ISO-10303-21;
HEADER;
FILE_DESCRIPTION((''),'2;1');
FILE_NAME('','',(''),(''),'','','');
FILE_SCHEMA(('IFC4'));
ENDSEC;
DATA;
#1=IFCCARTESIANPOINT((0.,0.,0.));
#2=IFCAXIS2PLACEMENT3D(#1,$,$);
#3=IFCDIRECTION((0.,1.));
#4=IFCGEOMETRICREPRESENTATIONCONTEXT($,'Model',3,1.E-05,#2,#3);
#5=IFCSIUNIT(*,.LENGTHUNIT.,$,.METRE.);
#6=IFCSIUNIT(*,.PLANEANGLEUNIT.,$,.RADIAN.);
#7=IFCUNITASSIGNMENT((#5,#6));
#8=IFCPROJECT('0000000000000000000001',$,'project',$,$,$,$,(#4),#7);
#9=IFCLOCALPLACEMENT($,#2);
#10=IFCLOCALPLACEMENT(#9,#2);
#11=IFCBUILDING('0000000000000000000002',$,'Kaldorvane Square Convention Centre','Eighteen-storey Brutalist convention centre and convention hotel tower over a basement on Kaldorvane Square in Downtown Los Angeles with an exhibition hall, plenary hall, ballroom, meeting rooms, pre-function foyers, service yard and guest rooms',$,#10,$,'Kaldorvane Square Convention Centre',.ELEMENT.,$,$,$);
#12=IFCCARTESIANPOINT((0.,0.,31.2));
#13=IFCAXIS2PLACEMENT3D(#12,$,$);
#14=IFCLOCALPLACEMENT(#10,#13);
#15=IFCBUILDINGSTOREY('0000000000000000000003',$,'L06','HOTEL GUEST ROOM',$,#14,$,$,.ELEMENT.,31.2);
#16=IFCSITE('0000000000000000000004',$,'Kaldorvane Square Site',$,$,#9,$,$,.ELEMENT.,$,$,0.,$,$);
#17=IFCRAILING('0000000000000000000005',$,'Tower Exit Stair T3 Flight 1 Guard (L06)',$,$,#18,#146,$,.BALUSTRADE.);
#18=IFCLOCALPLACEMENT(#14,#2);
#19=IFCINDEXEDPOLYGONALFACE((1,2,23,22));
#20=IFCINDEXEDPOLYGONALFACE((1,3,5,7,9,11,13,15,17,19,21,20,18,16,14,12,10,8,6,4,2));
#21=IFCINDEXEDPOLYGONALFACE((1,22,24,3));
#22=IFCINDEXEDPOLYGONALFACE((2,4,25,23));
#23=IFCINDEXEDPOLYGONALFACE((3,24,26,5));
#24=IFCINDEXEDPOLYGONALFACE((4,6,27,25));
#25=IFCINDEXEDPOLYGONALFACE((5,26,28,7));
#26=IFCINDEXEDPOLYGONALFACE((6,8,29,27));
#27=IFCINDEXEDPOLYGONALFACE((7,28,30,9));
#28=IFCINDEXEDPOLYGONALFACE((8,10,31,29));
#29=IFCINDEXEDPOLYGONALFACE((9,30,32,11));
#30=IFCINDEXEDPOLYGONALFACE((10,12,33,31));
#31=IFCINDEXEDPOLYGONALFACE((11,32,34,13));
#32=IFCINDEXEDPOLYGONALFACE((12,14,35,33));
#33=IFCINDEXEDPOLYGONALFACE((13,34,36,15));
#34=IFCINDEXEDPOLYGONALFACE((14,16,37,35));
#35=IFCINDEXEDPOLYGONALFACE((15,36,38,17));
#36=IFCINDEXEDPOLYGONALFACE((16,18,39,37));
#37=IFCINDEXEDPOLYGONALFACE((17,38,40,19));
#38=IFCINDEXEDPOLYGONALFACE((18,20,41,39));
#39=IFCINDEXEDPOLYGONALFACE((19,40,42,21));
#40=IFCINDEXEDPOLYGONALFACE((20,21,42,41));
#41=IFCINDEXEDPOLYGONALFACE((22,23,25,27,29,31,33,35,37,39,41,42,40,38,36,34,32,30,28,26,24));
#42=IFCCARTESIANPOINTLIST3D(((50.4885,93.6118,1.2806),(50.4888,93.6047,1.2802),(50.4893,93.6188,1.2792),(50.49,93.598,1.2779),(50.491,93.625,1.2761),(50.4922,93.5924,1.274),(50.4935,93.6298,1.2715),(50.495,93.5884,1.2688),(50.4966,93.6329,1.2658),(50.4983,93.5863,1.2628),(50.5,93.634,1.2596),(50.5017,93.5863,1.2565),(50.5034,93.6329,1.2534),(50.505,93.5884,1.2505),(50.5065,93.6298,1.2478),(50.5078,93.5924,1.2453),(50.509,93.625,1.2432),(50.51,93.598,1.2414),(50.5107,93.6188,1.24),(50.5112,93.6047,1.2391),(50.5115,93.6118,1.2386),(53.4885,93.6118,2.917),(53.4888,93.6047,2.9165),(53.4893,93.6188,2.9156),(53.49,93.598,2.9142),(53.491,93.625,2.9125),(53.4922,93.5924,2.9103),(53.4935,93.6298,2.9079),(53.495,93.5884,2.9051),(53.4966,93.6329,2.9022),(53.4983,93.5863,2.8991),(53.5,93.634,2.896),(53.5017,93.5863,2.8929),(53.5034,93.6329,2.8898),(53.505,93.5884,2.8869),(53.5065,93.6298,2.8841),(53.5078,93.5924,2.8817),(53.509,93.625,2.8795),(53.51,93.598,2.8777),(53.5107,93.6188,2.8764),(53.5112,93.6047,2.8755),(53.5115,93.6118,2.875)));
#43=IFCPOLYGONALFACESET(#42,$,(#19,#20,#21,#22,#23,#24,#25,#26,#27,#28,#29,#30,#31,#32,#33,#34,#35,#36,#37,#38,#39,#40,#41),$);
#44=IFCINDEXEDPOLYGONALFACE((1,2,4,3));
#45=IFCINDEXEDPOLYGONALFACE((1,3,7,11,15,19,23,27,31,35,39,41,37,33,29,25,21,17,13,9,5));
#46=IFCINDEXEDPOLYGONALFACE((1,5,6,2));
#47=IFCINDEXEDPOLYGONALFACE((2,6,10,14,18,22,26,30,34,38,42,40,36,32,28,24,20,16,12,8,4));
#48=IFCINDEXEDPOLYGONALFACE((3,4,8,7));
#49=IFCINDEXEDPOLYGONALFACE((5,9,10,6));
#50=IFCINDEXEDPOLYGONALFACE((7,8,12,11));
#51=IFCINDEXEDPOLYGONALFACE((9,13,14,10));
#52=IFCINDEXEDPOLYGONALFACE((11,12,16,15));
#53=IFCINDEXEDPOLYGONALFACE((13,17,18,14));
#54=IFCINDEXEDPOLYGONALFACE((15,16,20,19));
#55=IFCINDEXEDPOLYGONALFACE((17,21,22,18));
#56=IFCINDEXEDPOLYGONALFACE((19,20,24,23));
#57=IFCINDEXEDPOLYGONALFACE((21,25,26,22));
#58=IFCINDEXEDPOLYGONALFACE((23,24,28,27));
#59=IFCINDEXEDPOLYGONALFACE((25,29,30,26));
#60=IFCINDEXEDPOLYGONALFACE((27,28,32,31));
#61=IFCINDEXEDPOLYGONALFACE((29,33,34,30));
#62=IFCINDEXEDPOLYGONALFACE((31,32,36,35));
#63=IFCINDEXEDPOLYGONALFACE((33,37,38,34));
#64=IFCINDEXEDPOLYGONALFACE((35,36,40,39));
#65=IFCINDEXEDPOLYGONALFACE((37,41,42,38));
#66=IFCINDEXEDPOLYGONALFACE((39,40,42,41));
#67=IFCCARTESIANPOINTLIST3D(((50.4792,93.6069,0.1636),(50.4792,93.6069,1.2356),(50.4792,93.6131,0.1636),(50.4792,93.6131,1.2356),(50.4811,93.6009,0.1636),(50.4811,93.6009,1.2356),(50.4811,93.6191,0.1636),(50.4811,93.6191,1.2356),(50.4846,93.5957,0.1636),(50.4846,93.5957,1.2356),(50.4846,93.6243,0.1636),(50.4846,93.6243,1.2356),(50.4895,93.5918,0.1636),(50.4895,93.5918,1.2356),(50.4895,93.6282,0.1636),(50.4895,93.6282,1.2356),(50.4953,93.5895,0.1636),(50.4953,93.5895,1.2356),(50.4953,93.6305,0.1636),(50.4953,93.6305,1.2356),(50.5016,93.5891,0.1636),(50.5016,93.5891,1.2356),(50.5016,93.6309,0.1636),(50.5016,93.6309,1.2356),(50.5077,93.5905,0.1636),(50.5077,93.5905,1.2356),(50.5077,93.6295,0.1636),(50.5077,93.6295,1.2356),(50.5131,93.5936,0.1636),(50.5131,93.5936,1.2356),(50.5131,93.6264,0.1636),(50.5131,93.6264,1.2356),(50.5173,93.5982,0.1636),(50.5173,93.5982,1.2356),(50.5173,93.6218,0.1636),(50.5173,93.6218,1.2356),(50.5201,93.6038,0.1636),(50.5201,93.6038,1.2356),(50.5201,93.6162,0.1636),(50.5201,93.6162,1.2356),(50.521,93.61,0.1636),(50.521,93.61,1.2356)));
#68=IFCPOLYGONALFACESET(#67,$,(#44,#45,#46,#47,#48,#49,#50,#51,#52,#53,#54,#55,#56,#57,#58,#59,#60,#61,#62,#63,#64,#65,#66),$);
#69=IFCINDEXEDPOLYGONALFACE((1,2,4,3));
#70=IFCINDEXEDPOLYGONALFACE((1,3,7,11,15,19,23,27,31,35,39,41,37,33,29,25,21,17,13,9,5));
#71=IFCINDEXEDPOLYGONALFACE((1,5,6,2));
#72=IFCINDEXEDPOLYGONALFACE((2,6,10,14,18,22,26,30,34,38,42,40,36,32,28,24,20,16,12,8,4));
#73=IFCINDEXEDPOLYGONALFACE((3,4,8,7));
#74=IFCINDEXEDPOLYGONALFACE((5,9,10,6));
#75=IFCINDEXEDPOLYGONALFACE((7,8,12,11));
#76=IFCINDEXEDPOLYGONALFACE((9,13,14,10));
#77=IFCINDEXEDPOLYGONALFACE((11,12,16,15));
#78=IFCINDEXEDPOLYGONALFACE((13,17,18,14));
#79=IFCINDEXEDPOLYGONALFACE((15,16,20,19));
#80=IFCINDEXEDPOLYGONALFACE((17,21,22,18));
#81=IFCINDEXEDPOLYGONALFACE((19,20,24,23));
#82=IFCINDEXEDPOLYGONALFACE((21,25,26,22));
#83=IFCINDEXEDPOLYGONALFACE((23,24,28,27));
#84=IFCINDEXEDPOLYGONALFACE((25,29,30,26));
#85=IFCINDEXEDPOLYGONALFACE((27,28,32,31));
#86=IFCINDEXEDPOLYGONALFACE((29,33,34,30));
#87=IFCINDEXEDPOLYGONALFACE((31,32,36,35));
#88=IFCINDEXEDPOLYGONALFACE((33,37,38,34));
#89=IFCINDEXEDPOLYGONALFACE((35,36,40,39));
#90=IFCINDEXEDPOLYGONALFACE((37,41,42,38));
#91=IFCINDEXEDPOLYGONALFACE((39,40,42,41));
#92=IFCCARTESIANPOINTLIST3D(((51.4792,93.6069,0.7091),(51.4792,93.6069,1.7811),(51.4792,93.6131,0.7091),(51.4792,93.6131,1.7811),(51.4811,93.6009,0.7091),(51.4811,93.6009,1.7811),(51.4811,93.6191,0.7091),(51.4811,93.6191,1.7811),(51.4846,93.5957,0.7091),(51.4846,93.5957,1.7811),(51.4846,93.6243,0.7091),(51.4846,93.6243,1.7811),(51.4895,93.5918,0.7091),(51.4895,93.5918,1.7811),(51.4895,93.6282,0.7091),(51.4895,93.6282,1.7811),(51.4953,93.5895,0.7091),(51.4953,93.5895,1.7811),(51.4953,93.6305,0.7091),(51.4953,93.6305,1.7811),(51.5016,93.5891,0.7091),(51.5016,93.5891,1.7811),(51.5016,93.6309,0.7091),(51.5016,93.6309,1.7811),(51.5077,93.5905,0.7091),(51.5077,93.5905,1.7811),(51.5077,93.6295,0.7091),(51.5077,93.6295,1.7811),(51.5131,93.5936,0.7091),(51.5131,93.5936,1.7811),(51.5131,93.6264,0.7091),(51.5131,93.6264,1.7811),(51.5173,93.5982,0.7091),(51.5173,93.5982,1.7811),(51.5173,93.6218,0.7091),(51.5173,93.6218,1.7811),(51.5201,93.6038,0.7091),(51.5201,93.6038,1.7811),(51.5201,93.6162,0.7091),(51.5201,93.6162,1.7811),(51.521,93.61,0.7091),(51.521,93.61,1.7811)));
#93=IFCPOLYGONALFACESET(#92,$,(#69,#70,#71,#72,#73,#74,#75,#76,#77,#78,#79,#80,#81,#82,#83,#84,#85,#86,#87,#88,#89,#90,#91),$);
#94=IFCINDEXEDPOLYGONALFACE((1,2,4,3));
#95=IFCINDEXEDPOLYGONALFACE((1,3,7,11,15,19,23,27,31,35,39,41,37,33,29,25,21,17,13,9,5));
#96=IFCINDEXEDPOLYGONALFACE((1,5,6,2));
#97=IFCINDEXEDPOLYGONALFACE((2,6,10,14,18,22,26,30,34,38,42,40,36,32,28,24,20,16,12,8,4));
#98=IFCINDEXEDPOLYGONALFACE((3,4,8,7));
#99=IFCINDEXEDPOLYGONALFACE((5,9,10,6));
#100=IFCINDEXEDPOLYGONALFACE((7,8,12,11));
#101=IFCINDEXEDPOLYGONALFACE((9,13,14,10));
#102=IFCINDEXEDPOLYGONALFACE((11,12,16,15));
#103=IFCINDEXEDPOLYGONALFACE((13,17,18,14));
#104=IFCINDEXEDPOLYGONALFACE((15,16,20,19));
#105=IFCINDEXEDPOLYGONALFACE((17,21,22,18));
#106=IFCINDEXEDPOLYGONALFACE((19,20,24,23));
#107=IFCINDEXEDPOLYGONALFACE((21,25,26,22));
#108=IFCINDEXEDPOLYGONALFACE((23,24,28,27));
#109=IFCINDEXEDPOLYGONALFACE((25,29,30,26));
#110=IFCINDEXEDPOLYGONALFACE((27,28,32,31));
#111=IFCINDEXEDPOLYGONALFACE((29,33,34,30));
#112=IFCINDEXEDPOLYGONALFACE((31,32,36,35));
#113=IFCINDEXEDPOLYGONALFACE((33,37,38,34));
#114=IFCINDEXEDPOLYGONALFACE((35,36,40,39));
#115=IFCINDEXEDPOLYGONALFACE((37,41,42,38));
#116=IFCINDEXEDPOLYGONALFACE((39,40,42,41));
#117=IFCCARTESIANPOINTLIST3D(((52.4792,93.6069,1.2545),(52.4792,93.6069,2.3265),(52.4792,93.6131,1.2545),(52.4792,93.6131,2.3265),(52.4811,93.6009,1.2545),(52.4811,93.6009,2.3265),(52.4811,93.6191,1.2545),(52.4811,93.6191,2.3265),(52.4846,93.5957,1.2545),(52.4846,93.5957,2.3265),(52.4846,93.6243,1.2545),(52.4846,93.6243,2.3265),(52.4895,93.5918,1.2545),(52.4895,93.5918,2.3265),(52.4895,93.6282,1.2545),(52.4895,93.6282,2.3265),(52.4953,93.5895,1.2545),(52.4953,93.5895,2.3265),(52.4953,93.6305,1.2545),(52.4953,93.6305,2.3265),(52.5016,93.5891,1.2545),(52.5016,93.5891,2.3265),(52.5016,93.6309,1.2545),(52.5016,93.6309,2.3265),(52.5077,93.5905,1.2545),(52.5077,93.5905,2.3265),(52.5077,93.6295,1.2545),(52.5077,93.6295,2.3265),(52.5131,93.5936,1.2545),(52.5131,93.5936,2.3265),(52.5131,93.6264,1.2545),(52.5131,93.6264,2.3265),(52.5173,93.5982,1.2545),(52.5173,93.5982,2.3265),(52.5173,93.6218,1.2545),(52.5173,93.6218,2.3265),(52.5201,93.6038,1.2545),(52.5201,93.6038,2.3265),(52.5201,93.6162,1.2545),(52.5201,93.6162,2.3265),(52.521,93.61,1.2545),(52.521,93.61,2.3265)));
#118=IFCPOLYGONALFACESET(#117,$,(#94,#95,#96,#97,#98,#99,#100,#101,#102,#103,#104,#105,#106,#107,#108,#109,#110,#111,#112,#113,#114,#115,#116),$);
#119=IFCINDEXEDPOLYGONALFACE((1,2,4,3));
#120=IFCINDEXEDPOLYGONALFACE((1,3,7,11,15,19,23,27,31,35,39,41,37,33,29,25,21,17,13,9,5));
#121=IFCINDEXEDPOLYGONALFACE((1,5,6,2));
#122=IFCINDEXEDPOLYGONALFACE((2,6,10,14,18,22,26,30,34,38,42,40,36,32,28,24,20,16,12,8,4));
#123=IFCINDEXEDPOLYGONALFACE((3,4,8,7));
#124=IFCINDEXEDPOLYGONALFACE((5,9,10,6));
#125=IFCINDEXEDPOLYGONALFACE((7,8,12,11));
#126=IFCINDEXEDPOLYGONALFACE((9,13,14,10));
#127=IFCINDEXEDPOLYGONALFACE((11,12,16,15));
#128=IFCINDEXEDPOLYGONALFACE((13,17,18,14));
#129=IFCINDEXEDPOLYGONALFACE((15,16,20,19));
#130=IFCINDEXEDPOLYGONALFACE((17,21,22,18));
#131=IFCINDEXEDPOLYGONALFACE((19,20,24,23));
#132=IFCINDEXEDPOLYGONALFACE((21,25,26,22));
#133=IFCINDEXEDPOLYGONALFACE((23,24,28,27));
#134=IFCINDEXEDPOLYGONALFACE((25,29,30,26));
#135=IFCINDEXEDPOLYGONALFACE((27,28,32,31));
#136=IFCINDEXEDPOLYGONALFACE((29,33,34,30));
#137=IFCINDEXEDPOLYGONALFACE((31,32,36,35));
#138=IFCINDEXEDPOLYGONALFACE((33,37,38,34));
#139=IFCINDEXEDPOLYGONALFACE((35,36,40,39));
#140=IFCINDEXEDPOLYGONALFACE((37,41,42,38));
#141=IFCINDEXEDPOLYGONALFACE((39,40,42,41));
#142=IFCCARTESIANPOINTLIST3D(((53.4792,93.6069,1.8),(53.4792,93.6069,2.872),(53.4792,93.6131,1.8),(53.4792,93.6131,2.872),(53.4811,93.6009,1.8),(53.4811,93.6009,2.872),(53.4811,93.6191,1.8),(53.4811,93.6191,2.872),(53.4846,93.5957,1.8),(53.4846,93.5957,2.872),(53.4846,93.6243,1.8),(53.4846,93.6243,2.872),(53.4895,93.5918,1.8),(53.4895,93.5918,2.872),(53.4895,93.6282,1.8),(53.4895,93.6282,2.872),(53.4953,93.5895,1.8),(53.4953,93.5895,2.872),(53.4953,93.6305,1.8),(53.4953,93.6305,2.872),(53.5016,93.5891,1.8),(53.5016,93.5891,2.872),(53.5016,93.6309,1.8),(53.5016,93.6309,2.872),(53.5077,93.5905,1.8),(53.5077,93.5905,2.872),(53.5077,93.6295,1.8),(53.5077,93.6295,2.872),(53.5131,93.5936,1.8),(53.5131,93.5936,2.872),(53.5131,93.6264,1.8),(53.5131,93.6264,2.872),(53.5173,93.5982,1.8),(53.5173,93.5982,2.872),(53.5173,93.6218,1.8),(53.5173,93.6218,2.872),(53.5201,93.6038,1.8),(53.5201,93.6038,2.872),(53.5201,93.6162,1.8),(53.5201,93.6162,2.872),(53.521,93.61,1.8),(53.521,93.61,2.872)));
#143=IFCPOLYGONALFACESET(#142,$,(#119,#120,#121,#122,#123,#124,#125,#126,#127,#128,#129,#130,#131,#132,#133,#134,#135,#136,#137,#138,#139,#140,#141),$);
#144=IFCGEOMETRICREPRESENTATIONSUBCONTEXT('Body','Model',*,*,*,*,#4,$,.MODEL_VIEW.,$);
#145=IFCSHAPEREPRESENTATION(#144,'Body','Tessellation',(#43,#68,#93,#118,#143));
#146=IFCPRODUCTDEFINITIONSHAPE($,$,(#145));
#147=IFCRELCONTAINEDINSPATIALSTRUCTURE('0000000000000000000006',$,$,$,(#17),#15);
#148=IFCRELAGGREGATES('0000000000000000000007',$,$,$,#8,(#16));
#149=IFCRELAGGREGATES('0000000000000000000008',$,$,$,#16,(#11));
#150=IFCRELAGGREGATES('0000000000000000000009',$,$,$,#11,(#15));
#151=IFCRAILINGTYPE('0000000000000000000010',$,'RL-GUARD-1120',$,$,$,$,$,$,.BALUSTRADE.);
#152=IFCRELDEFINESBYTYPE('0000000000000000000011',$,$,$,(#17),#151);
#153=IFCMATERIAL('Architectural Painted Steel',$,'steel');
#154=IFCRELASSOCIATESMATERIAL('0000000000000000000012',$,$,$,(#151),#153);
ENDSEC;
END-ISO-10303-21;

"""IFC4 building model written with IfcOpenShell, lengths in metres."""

from ifc_helpers import new_model, si_unit, direction, frame, origin, origin_2d, place, context, subcontext, project, spatial, circle, extrude, material, type_object, element, save


model = new_model("IFC4")

# Units and contexts
model_context = context("Model", 3, precision=1e-05, world=origin(), true_north=direction((0.0, 1.0)))
body_context = subcontext(model_context, "Body", "Model", "MODEL_VIEW")
ifc_project = project(units=[si_unit("LENGTHUNIT", "METRE"), si_unit("PLANEANGLEUNIT", "RADIAN")], contexts=[model_context])

# Site, building, storey
site_placement = place(None, origin())
site = spatial("IfcSite", under=ifc_project, at=site_placement, Name="Kaldorvane Square Site", CompositionType="ELEMENT", RefElevation=0.0)
building_placement = place(site_placement, origin())
building = spatial("IfcBuilding", under=site, at=building_placement, Name="Kaldorvane Square Convention Centre", Description="Eighteen-storey Brutalist convention centre and convention hotel tower over a basement on Kaldorvane Square in Downtown Los Angeles with an exhibition hall, plenary hall, ballroom, meeting rooms, pre-function foyers, service yard and guest rooms", LongName="Kaldorvane Square Convention Centre", CompositionType="ELEMENT")
storey_placement = place(building_placement, frame((0.0, 0.0, 31.2)))
storey = spatial("IfcBuildingStorey", under=building, at=storey_placement, Name="L06", Description="HOTEL GUEST ROOM", CompositionType="ELEMENT", Elevation=31.2)

# Railing
ifc_material_1 = material(Name="Architectural Painted Steel", Category="steel")
railing_type_1 = type_object("IfcRailingType", Name="RL-GUARD-1120", PredefinedType="BALUSTRADE", material=ifc_material_1)
railing_1_placement = place(storey_placement, frame((50.5, 93.61, 0.1636)))
element("IfcRailing", 1, at=railing_1_placement, inside=storey, type_object=railing_type_1, Name="Tower Exit Stair T3 Flight 1 Guard (L06)", PredefinedType="BALUSTRADE", context=body_context, shape_type="SweptSolid", body=[
    extrude(circle(Radius=0.024, at=origin_2d()), frame((0.0, 0.0, 1.096), z_axis=(0.877895, 0.0, 0.478853), x_axis=(0.0, 1.0, 0.0)), (0.0, 0.0, 1.0), 3.4173),
    extrude(circle(Radius=0.021, at=origin_2d()), origin(), (0.0, 0.0, 1.0), 1.072),
    extrude(circle(Radius=0.021, at=origin_2d()), frame((1.0, 0.0, 0.5455)), (0.0, 0.0, 1.0), 1.072),
    extrude(circle(Radius=0.021, at=origin_2d()), frame((2.0, 0.0, 1.0909)), (0.0, 0.0, 1.0), 1.072),
    extrude(circle(Radius=0.021, at=origin_2d()), frame((3.0, 0.0, 1.6364)), (0.0, 0.0, 1.0), 1.072),
])

save(model, "model.ifc")
